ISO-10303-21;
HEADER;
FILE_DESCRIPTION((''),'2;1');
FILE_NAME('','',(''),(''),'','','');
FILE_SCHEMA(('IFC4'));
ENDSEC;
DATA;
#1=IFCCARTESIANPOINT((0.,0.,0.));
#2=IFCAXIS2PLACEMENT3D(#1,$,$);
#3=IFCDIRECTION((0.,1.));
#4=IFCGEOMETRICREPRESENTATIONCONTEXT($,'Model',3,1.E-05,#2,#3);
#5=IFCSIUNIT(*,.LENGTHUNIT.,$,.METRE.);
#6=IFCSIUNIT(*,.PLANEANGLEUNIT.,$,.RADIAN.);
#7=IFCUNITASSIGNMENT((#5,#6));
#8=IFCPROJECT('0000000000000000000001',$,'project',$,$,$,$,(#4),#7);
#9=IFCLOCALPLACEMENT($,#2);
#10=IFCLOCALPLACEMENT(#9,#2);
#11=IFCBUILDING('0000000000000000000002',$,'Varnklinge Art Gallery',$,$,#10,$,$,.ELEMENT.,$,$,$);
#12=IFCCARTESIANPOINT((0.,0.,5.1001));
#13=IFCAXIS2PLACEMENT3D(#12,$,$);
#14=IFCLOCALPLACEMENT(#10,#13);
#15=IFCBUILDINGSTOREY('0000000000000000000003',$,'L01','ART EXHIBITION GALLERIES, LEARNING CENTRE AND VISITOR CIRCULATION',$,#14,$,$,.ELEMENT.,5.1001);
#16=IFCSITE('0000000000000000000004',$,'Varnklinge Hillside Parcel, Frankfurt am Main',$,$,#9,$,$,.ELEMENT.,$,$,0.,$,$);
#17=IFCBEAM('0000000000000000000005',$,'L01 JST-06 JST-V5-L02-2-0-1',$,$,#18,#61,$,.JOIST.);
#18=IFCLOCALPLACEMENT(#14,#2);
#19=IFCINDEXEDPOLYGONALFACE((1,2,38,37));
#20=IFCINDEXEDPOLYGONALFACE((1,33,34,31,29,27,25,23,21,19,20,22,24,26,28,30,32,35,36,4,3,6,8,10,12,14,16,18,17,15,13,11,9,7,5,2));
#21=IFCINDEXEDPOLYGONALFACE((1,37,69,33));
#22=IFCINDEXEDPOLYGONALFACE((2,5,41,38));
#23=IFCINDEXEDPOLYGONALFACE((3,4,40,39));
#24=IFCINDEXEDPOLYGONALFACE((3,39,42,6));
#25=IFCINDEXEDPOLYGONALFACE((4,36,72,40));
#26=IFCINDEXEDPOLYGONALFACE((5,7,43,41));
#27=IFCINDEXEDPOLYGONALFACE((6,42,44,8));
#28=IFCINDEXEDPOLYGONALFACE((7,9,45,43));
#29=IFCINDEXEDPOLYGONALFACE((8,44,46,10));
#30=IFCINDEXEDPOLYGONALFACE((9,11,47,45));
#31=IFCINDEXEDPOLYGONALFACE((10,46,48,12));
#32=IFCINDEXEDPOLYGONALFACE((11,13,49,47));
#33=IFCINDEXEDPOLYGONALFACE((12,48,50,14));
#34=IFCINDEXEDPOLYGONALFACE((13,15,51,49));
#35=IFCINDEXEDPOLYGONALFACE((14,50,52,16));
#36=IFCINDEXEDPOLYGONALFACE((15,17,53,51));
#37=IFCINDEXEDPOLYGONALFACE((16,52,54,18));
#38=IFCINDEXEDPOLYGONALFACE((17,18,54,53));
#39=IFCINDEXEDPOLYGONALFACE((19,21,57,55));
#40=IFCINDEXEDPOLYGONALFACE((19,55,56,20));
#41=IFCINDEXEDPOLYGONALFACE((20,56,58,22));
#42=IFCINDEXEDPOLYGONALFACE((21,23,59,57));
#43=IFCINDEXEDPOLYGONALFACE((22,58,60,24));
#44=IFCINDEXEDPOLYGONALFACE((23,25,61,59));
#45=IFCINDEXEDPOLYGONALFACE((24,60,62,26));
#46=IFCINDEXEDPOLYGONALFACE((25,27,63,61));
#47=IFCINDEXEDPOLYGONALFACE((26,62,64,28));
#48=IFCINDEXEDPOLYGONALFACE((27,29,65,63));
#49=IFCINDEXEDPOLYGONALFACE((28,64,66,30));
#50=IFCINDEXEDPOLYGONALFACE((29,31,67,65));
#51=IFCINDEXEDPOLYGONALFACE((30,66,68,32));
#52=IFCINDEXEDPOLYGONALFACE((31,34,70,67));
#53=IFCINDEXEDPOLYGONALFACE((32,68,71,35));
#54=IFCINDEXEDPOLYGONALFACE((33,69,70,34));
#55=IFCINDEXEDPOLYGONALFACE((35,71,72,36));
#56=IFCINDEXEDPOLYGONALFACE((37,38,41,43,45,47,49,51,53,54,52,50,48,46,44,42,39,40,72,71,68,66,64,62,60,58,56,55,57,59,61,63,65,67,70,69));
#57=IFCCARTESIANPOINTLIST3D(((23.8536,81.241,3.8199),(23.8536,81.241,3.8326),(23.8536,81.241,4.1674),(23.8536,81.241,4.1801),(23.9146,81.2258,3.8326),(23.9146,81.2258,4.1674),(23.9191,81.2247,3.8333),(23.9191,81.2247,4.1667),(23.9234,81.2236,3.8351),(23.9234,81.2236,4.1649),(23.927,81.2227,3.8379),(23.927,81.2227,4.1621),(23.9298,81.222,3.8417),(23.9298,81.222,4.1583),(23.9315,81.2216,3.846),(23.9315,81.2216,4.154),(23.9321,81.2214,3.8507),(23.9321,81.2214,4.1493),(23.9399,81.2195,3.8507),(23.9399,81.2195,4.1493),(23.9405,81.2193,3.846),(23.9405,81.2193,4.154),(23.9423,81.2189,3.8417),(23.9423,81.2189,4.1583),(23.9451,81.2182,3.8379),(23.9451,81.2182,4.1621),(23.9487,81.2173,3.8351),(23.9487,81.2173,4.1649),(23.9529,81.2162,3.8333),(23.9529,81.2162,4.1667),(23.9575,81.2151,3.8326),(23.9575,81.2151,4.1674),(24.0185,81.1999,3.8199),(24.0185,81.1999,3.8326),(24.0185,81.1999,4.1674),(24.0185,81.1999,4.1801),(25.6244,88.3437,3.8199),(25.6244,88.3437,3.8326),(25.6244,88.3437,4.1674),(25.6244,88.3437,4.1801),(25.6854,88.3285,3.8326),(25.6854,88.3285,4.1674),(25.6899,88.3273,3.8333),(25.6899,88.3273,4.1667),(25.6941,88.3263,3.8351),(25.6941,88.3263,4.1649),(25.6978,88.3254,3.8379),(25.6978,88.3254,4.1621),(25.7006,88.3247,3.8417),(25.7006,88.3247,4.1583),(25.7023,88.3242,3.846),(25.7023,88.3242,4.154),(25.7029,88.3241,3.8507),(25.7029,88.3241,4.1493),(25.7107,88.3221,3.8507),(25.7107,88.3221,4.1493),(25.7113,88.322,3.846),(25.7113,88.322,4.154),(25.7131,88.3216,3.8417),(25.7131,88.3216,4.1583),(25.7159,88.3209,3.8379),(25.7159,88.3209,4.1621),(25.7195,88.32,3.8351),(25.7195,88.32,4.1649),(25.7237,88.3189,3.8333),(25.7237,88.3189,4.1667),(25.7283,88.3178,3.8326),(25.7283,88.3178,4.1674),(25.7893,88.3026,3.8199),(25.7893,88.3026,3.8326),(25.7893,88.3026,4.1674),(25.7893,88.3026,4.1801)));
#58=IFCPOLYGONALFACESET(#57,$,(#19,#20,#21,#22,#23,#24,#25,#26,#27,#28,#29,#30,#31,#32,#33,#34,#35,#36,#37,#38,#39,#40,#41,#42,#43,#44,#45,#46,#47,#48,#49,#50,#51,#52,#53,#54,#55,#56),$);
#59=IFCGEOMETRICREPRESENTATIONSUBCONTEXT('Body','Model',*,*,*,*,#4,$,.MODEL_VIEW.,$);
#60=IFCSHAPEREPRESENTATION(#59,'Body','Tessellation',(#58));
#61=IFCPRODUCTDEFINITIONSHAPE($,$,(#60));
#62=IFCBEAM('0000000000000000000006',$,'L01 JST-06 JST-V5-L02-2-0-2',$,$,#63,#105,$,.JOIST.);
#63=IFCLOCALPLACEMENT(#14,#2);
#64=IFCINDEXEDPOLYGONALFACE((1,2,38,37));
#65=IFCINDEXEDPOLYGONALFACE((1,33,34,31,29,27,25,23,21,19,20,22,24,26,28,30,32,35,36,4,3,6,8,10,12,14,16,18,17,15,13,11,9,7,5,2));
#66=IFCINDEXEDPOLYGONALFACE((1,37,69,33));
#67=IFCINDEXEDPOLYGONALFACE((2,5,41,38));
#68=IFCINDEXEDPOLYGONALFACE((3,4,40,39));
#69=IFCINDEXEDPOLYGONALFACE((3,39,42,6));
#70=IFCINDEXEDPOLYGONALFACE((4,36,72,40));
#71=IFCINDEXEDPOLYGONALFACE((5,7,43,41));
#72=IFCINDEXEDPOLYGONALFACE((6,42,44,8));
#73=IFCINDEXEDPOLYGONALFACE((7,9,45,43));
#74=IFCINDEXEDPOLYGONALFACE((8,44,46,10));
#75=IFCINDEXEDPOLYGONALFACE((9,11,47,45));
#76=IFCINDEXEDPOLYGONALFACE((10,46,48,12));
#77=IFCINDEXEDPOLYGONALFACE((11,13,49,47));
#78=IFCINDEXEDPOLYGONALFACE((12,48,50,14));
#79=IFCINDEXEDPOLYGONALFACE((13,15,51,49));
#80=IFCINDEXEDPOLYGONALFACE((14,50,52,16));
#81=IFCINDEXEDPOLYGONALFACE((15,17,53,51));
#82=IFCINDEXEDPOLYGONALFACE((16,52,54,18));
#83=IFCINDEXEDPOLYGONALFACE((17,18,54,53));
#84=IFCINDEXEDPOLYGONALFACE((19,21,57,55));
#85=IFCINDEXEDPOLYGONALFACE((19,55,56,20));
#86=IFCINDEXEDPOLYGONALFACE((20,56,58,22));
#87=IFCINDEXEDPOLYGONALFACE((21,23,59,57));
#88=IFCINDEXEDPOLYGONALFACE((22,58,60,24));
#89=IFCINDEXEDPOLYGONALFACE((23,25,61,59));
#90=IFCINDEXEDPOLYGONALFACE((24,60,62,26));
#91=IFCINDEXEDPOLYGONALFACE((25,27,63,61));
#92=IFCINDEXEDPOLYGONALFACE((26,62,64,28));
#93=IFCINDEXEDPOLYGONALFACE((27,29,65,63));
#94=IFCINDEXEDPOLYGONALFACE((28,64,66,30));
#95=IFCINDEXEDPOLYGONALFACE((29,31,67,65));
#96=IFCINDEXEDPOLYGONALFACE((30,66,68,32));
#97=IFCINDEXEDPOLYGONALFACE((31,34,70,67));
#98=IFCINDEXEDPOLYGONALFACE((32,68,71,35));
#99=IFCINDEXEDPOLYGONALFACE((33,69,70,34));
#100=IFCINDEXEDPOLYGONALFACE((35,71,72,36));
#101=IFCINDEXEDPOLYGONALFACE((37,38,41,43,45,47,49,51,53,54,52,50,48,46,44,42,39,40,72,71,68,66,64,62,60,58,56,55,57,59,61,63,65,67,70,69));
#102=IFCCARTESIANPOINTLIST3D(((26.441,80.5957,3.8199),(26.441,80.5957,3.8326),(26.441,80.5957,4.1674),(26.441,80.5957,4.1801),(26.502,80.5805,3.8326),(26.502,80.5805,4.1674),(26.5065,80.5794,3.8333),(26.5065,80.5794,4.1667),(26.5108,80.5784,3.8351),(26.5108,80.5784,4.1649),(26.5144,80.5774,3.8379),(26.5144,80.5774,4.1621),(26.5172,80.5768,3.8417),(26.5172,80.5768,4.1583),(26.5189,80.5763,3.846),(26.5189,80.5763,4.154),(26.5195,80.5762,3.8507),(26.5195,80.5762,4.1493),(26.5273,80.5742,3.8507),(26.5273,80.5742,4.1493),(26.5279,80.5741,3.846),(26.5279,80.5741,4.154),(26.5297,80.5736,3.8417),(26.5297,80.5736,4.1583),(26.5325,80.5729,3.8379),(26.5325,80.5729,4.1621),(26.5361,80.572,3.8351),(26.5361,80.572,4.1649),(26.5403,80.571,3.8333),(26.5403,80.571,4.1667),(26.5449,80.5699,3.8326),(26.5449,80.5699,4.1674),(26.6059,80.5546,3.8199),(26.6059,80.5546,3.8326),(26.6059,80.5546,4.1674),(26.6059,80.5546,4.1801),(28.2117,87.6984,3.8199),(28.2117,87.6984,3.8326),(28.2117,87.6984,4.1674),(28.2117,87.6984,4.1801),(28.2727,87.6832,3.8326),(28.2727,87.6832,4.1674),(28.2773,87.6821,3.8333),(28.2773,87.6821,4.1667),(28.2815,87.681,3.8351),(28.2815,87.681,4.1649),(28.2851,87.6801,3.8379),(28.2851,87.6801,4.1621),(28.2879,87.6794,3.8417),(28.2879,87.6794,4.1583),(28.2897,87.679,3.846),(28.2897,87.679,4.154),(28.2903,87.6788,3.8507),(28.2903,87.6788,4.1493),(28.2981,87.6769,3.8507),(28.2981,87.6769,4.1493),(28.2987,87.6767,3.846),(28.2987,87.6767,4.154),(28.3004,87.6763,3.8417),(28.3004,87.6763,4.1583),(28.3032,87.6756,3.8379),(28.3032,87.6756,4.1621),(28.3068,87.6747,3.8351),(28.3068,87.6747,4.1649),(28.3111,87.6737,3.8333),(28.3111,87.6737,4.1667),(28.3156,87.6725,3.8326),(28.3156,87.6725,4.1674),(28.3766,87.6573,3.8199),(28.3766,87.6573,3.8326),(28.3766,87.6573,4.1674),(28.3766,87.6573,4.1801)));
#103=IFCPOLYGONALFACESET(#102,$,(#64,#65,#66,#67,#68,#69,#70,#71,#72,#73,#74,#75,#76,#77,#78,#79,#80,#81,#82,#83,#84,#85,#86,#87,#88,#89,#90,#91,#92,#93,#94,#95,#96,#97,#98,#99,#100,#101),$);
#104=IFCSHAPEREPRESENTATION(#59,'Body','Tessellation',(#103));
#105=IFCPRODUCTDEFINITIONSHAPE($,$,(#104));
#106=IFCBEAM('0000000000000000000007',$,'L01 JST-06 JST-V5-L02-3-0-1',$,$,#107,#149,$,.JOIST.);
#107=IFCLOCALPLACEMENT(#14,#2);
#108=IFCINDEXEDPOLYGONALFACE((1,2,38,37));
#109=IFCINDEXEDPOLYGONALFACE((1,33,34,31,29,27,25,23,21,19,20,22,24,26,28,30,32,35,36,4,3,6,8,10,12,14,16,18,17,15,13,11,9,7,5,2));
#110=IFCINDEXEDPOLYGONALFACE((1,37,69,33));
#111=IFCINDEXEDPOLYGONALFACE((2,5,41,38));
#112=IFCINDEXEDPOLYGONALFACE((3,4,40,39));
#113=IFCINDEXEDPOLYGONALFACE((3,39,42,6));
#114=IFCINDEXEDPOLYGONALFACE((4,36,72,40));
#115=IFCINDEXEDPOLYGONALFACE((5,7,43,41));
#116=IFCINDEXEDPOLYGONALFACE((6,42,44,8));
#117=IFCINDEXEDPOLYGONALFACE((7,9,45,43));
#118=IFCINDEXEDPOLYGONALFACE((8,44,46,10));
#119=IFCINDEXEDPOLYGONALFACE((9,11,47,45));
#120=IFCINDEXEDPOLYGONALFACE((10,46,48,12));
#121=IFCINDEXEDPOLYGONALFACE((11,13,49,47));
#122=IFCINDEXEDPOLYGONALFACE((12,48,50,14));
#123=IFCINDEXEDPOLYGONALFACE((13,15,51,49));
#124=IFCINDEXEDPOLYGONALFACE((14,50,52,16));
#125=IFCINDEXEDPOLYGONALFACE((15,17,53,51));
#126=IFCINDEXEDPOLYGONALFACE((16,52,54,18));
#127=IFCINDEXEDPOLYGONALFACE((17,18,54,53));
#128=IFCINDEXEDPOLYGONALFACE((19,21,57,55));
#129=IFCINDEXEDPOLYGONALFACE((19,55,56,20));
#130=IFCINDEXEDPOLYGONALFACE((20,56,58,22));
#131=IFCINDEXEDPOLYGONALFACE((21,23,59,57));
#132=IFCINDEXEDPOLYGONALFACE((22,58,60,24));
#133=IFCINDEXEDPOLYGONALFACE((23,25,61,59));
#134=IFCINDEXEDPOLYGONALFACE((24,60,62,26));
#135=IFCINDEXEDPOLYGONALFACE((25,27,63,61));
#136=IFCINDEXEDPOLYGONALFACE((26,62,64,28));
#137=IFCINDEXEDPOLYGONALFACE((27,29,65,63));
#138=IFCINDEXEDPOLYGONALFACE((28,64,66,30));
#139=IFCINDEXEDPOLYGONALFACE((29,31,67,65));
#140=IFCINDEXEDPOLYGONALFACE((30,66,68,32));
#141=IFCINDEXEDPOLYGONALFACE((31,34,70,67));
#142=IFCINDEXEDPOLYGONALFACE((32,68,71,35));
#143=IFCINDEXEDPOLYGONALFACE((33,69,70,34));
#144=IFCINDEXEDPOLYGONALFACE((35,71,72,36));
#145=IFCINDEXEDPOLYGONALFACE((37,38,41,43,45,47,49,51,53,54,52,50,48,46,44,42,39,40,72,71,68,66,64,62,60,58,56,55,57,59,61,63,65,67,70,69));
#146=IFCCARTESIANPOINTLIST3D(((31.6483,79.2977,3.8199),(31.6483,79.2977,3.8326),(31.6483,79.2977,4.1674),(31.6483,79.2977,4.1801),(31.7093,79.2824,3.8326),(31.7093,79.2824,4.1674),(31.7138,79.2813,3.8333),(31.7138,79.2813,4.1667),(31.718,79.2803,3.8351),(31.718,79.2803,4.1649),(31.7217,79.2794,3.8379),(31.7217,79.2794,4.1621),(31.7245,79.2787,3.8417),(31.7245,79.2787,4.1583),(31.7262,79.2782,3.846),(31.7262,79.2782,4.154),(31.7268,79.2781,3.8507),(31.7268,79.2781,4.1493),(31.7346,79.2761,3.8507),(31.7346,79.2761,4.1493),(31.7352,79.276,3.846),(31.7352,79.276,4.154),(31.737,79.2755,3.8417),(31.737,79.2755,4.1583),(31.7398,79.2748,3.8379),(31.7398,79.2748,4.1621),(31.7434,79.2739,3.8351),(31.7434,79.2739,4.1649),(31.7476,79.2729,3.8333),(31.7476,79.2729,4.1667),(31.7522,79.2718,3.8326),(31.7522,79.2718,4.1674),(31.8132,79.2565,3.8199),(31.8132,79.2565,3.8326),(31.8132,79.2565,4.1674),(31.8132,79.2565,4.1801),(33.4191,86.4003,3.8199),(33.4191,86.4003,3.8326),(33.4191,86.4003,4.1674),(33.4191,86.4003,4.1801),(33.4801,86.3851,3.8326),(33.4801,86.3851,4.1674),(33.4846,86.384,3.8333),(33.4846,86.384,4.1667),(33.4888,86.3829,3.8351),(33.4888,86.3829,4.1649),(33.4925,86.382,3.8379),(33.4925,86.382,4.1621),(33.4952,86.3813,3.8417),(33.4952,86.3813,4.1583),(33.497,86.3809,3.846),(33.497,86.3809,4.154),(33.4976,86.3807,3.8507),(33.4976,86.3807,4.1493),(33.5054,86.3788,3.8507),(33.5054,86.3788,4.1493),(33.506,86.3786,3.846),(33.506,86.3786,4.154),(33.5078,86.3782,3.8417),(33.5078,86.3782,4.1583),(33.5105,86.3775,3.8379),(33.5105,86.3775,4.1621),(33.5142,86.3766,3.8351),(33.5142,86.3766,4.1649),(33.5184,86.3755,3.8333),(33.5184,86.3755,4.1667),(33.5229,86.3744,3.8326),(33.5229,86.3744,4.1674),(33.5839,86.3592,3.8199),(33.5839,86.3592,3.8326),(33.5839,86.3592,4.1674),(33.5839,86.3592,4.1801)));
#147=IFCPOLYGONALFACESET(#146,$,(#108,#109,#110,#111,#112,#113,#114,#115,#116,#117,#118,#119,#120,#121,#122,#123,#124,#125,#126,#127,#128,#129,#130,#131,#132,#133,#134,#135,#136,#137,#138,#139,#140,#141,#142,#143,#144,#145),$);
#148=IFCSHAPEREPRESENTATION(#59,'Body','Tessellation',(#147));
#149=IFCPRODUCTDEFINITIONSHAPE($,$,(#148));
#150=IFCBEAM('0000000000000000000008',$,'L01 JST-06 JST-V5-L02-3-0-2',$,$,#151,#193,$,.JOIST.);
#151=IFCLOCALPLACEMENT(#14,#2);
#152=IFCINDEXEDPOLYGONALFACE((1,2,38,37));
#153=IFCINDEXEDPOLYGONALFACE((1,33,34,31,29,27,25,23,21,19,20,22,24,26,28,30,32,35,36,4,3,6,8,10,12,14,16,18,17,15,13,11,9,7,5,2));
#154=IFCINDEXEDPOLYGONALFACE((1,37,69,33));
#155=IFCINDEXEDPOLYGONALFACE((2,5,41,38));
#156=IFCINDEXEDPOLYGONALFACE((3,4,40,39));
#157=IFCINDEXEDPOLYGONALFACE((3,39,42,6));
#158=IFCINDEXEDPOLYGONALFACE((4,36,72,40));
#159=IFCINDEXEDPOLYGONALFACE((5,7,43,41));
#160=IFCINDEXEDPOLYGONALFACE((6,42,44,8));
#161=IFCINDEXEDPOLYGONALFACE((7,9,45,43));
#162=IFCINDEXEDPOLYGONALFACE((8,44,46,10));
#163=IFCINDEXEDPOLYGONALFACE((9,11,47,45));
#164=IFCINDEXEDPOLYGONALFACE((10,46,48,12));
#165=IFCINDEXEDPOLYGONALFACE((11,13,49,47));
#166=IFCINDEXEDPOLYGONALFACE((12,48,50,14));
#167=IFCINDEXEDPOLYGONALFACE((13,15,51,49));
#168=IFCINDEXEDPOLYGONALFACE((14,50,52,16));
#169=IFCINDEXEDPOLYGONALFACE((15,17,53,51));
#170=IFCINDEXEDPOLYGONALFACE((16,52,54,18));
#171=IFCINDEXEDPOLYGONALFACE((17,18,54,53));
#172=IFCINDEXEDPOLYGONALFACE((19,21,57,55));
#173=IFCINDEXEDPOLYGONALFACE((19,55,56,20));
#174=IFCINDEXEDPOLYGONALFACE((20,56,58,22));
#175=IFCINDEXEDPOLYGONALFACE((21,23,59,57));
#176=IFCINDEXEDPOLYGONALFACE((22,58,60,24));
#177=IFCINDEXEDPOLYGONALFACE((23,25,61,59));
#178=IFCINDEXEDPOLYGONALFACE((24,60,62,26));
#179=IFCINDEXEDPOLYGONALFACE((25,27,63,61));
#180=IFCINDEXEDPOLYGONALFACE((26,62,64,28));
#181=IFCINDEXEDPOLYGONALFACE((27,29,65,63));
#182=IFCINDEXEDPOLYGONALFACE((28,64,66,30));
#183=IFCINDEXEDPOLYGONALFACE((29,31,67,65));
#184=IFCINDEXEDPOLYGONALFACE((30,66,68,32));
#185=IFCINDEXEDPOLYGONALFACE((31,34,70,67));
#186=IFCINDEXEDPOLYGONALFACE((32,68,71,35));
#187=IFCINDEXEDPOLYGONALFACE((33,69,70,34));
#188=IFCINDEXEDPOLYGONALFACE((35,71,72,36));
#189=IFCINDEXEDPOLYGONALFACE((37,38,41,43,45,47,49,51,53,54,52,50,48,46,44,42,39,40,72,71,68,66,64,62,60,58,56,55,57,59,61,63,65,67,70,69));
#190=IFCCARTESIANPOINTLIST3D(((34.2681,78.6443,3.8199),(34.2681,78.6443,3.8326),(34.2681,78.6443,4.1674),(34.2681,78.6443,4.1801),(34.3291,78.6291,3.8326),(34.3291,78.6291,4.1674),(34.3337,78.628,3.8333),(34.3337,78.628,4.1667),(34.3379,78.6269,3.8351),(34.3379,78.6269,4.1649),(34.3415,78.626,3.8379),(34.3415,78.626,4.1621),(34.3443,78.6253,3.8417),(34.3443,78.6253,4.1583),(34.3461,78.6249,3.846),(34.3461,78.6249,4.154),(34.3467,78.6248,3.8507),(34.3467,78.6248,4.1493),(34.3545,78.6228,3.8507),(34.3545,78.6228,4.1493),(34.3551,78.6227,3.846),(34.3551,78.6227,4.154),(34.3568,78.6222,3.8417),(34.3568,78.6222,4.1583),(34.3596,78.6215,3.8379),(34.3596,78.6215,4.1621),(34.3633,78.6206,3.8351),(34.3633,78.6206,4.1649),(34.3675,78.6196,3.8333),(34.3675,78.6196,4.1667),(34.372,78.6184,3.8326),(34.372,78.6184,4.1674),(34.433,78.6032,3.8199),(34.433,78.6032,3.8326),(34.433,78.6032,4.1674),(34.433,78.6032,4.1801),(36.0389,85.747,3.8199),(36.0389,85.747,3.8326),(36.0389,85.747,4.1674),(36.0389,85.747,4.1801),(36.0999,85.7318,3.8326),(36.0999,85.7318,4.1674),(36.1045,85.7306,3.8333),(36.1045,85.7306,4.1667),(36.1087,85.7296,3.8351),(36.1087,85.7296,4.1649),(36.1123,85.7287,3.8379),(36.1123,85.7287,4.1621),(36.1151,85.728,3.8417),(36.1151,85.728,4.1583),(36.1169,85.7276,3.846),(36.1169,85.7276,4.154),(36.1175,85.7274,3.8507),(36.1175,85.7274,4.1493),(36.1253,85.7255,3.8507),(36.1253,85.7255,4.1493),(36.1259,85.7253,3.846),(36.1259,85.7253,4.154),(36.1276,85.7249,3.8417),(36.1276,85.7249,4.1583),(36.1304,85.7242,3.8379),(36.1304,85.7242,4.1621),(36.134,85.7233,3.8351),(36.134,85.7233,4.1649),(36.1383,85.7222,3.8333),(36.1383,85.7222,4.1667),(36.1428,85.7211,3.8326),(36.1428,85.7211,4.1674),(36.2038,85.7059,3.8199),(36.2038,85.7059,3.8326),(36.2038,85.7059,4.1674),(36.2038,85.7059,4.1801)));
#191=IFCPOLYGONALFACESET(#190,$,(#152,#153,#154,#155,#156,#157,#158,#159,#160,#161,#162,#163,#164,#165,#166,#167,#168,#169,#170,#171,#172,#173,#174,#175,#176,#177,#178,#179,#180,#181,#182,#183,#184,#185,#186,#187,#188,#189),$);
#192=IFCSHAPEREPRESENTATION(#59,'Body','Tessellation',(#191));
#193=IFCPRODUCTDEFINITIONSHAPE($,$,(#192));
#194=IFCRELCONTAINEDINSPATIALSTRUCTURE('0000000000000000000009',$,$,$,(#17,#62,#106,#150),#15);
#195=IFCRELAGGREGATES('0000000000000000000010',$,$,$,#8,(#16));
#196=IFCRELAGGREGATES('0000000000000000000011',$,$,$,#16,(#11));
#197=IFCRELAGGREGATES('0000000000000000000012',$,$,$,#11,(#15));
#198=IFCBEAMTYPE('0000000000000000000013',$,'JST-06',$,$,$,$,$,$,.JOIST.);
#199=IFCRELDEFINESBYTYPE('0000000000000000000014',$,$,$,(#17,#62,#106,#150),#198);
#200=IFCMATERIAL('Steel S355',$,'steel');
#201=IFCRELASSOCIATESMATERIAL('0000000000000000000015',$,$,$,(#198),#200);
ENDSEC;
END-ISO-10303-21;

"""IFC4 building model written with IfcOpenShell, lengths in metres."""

from ifc_helpers import new_model, si_unit, direction, frame, origin, origin_2d, place, context, subcontext, project, spatial, i_section, extrude, material, material_profile, profile_set, type_object, element, save


model = new_model("IFC4")

# Units and contexts
model_context = context("Model", 3, precision=1e-05, world=origin(), true_north=direction((0.0, 1.0)))
body_context = subcontext(model_context, "Body", "Model", "MODEL_VIEW")
ifc_project = project(units=[si_unit("LENGTHUNIT", "METRE"), si_unit("PLANEANGLEUNIT", "RADIAN")], contexts=[model_context])

# Site, building, storey
site_placement = place(None, origin())
site = spatial("IfcSite", under=ifc_project, at=site_placement, Name="Varnklinge Hillside Parcel, Frankfurt am Main", CompositionType="ELEMENT", RefElevation=0.0)
building_placement = place(site_placement, origin())
building = spatial("IfcBuilding", under=site, at=building_placement, Name="Varnklinge Art Gallery", CompositionType="ELEMENT")
storey_placement = place(building_placement, frame((0.0, 0.0, 5.1001)))
storey = spatial("IfcBuildingStorey", under=building, at=storey_placement, Name="L01", Description="ART EXHIBITION GALLERIES, LEARNING CENTRE AND VISITOR CIRCULATION", CompositionType="ELEMENT", Elevation=5.1001)

# Beams
ifc_material_1 = material(Name="Steel S355", Category="steel")
ifc_material_profile_1 = material_profile(ifc_material_1, i_section(OverallWidth=0.1699, OverallDepth=0.3601, WebThickness=0.0081, FlangeThickness=0.0127, FilletRadius=0.0181, at=origin_2d()), Name="IPE 360")
ifc_profile_set_1 = profile_set([ifc_material_profile_1], Name="Steel S355")
beam_type_1 = type_object("IfcBeamType", Name="JST-06", PredefinedType="JOIST", material=ifc_profile_set_1)
for number, where, z_axis, x_axis, name in (
    (1, (23.936, 81.2205, 4.0), (0.241908, 0.970299, 0.0), (-0.970299, 0.241908, 0.0), "L01 JST-06 JST-V5-L02-2-0-1"),
    (2, (26.5234, 80.5752, 4.0), (0.2419, 0.970301, 0.0), (-0.970301, 0.2419, 0.0), "L01 JST-06 JST-V5-L02-2-0-2"),
    (3, (31.7307, 79.2771, 4.0), (0.241908, 0.970299, 0.0), (-0.970299, 0.241908, 0.0), "L01 JST-06 JST-V5-L02-3-0-1"),
    (4, (34.3506, 78.6238, 4.0), (0.241908, 0.970299, 0.0), (-0.970299, 0.241908, 0.0), "L01 JST-06 JST-V5-L02-3-0-2"),
):
    element("IfcBeam", number, at=place(storey_placement, frame(where, z_axis=z_axis, x_axis=x_axis)), inside=storey, type_object=beam_type_1, Name=name, PredefinedType="JOIST", context=body_context, shape_type="SweptSolid", body=[
        extrude(i_section(OverallWidth=0.1699, OverallDepth=0.3601, WebThickness=0.0081, FlangeThickness=0.0127, FilletRadius=0.0181, at=origin_2d()), origin(), (0.0, 0.0, 1.0), 7.3201),
    ])

save(model, "model.ifc")
